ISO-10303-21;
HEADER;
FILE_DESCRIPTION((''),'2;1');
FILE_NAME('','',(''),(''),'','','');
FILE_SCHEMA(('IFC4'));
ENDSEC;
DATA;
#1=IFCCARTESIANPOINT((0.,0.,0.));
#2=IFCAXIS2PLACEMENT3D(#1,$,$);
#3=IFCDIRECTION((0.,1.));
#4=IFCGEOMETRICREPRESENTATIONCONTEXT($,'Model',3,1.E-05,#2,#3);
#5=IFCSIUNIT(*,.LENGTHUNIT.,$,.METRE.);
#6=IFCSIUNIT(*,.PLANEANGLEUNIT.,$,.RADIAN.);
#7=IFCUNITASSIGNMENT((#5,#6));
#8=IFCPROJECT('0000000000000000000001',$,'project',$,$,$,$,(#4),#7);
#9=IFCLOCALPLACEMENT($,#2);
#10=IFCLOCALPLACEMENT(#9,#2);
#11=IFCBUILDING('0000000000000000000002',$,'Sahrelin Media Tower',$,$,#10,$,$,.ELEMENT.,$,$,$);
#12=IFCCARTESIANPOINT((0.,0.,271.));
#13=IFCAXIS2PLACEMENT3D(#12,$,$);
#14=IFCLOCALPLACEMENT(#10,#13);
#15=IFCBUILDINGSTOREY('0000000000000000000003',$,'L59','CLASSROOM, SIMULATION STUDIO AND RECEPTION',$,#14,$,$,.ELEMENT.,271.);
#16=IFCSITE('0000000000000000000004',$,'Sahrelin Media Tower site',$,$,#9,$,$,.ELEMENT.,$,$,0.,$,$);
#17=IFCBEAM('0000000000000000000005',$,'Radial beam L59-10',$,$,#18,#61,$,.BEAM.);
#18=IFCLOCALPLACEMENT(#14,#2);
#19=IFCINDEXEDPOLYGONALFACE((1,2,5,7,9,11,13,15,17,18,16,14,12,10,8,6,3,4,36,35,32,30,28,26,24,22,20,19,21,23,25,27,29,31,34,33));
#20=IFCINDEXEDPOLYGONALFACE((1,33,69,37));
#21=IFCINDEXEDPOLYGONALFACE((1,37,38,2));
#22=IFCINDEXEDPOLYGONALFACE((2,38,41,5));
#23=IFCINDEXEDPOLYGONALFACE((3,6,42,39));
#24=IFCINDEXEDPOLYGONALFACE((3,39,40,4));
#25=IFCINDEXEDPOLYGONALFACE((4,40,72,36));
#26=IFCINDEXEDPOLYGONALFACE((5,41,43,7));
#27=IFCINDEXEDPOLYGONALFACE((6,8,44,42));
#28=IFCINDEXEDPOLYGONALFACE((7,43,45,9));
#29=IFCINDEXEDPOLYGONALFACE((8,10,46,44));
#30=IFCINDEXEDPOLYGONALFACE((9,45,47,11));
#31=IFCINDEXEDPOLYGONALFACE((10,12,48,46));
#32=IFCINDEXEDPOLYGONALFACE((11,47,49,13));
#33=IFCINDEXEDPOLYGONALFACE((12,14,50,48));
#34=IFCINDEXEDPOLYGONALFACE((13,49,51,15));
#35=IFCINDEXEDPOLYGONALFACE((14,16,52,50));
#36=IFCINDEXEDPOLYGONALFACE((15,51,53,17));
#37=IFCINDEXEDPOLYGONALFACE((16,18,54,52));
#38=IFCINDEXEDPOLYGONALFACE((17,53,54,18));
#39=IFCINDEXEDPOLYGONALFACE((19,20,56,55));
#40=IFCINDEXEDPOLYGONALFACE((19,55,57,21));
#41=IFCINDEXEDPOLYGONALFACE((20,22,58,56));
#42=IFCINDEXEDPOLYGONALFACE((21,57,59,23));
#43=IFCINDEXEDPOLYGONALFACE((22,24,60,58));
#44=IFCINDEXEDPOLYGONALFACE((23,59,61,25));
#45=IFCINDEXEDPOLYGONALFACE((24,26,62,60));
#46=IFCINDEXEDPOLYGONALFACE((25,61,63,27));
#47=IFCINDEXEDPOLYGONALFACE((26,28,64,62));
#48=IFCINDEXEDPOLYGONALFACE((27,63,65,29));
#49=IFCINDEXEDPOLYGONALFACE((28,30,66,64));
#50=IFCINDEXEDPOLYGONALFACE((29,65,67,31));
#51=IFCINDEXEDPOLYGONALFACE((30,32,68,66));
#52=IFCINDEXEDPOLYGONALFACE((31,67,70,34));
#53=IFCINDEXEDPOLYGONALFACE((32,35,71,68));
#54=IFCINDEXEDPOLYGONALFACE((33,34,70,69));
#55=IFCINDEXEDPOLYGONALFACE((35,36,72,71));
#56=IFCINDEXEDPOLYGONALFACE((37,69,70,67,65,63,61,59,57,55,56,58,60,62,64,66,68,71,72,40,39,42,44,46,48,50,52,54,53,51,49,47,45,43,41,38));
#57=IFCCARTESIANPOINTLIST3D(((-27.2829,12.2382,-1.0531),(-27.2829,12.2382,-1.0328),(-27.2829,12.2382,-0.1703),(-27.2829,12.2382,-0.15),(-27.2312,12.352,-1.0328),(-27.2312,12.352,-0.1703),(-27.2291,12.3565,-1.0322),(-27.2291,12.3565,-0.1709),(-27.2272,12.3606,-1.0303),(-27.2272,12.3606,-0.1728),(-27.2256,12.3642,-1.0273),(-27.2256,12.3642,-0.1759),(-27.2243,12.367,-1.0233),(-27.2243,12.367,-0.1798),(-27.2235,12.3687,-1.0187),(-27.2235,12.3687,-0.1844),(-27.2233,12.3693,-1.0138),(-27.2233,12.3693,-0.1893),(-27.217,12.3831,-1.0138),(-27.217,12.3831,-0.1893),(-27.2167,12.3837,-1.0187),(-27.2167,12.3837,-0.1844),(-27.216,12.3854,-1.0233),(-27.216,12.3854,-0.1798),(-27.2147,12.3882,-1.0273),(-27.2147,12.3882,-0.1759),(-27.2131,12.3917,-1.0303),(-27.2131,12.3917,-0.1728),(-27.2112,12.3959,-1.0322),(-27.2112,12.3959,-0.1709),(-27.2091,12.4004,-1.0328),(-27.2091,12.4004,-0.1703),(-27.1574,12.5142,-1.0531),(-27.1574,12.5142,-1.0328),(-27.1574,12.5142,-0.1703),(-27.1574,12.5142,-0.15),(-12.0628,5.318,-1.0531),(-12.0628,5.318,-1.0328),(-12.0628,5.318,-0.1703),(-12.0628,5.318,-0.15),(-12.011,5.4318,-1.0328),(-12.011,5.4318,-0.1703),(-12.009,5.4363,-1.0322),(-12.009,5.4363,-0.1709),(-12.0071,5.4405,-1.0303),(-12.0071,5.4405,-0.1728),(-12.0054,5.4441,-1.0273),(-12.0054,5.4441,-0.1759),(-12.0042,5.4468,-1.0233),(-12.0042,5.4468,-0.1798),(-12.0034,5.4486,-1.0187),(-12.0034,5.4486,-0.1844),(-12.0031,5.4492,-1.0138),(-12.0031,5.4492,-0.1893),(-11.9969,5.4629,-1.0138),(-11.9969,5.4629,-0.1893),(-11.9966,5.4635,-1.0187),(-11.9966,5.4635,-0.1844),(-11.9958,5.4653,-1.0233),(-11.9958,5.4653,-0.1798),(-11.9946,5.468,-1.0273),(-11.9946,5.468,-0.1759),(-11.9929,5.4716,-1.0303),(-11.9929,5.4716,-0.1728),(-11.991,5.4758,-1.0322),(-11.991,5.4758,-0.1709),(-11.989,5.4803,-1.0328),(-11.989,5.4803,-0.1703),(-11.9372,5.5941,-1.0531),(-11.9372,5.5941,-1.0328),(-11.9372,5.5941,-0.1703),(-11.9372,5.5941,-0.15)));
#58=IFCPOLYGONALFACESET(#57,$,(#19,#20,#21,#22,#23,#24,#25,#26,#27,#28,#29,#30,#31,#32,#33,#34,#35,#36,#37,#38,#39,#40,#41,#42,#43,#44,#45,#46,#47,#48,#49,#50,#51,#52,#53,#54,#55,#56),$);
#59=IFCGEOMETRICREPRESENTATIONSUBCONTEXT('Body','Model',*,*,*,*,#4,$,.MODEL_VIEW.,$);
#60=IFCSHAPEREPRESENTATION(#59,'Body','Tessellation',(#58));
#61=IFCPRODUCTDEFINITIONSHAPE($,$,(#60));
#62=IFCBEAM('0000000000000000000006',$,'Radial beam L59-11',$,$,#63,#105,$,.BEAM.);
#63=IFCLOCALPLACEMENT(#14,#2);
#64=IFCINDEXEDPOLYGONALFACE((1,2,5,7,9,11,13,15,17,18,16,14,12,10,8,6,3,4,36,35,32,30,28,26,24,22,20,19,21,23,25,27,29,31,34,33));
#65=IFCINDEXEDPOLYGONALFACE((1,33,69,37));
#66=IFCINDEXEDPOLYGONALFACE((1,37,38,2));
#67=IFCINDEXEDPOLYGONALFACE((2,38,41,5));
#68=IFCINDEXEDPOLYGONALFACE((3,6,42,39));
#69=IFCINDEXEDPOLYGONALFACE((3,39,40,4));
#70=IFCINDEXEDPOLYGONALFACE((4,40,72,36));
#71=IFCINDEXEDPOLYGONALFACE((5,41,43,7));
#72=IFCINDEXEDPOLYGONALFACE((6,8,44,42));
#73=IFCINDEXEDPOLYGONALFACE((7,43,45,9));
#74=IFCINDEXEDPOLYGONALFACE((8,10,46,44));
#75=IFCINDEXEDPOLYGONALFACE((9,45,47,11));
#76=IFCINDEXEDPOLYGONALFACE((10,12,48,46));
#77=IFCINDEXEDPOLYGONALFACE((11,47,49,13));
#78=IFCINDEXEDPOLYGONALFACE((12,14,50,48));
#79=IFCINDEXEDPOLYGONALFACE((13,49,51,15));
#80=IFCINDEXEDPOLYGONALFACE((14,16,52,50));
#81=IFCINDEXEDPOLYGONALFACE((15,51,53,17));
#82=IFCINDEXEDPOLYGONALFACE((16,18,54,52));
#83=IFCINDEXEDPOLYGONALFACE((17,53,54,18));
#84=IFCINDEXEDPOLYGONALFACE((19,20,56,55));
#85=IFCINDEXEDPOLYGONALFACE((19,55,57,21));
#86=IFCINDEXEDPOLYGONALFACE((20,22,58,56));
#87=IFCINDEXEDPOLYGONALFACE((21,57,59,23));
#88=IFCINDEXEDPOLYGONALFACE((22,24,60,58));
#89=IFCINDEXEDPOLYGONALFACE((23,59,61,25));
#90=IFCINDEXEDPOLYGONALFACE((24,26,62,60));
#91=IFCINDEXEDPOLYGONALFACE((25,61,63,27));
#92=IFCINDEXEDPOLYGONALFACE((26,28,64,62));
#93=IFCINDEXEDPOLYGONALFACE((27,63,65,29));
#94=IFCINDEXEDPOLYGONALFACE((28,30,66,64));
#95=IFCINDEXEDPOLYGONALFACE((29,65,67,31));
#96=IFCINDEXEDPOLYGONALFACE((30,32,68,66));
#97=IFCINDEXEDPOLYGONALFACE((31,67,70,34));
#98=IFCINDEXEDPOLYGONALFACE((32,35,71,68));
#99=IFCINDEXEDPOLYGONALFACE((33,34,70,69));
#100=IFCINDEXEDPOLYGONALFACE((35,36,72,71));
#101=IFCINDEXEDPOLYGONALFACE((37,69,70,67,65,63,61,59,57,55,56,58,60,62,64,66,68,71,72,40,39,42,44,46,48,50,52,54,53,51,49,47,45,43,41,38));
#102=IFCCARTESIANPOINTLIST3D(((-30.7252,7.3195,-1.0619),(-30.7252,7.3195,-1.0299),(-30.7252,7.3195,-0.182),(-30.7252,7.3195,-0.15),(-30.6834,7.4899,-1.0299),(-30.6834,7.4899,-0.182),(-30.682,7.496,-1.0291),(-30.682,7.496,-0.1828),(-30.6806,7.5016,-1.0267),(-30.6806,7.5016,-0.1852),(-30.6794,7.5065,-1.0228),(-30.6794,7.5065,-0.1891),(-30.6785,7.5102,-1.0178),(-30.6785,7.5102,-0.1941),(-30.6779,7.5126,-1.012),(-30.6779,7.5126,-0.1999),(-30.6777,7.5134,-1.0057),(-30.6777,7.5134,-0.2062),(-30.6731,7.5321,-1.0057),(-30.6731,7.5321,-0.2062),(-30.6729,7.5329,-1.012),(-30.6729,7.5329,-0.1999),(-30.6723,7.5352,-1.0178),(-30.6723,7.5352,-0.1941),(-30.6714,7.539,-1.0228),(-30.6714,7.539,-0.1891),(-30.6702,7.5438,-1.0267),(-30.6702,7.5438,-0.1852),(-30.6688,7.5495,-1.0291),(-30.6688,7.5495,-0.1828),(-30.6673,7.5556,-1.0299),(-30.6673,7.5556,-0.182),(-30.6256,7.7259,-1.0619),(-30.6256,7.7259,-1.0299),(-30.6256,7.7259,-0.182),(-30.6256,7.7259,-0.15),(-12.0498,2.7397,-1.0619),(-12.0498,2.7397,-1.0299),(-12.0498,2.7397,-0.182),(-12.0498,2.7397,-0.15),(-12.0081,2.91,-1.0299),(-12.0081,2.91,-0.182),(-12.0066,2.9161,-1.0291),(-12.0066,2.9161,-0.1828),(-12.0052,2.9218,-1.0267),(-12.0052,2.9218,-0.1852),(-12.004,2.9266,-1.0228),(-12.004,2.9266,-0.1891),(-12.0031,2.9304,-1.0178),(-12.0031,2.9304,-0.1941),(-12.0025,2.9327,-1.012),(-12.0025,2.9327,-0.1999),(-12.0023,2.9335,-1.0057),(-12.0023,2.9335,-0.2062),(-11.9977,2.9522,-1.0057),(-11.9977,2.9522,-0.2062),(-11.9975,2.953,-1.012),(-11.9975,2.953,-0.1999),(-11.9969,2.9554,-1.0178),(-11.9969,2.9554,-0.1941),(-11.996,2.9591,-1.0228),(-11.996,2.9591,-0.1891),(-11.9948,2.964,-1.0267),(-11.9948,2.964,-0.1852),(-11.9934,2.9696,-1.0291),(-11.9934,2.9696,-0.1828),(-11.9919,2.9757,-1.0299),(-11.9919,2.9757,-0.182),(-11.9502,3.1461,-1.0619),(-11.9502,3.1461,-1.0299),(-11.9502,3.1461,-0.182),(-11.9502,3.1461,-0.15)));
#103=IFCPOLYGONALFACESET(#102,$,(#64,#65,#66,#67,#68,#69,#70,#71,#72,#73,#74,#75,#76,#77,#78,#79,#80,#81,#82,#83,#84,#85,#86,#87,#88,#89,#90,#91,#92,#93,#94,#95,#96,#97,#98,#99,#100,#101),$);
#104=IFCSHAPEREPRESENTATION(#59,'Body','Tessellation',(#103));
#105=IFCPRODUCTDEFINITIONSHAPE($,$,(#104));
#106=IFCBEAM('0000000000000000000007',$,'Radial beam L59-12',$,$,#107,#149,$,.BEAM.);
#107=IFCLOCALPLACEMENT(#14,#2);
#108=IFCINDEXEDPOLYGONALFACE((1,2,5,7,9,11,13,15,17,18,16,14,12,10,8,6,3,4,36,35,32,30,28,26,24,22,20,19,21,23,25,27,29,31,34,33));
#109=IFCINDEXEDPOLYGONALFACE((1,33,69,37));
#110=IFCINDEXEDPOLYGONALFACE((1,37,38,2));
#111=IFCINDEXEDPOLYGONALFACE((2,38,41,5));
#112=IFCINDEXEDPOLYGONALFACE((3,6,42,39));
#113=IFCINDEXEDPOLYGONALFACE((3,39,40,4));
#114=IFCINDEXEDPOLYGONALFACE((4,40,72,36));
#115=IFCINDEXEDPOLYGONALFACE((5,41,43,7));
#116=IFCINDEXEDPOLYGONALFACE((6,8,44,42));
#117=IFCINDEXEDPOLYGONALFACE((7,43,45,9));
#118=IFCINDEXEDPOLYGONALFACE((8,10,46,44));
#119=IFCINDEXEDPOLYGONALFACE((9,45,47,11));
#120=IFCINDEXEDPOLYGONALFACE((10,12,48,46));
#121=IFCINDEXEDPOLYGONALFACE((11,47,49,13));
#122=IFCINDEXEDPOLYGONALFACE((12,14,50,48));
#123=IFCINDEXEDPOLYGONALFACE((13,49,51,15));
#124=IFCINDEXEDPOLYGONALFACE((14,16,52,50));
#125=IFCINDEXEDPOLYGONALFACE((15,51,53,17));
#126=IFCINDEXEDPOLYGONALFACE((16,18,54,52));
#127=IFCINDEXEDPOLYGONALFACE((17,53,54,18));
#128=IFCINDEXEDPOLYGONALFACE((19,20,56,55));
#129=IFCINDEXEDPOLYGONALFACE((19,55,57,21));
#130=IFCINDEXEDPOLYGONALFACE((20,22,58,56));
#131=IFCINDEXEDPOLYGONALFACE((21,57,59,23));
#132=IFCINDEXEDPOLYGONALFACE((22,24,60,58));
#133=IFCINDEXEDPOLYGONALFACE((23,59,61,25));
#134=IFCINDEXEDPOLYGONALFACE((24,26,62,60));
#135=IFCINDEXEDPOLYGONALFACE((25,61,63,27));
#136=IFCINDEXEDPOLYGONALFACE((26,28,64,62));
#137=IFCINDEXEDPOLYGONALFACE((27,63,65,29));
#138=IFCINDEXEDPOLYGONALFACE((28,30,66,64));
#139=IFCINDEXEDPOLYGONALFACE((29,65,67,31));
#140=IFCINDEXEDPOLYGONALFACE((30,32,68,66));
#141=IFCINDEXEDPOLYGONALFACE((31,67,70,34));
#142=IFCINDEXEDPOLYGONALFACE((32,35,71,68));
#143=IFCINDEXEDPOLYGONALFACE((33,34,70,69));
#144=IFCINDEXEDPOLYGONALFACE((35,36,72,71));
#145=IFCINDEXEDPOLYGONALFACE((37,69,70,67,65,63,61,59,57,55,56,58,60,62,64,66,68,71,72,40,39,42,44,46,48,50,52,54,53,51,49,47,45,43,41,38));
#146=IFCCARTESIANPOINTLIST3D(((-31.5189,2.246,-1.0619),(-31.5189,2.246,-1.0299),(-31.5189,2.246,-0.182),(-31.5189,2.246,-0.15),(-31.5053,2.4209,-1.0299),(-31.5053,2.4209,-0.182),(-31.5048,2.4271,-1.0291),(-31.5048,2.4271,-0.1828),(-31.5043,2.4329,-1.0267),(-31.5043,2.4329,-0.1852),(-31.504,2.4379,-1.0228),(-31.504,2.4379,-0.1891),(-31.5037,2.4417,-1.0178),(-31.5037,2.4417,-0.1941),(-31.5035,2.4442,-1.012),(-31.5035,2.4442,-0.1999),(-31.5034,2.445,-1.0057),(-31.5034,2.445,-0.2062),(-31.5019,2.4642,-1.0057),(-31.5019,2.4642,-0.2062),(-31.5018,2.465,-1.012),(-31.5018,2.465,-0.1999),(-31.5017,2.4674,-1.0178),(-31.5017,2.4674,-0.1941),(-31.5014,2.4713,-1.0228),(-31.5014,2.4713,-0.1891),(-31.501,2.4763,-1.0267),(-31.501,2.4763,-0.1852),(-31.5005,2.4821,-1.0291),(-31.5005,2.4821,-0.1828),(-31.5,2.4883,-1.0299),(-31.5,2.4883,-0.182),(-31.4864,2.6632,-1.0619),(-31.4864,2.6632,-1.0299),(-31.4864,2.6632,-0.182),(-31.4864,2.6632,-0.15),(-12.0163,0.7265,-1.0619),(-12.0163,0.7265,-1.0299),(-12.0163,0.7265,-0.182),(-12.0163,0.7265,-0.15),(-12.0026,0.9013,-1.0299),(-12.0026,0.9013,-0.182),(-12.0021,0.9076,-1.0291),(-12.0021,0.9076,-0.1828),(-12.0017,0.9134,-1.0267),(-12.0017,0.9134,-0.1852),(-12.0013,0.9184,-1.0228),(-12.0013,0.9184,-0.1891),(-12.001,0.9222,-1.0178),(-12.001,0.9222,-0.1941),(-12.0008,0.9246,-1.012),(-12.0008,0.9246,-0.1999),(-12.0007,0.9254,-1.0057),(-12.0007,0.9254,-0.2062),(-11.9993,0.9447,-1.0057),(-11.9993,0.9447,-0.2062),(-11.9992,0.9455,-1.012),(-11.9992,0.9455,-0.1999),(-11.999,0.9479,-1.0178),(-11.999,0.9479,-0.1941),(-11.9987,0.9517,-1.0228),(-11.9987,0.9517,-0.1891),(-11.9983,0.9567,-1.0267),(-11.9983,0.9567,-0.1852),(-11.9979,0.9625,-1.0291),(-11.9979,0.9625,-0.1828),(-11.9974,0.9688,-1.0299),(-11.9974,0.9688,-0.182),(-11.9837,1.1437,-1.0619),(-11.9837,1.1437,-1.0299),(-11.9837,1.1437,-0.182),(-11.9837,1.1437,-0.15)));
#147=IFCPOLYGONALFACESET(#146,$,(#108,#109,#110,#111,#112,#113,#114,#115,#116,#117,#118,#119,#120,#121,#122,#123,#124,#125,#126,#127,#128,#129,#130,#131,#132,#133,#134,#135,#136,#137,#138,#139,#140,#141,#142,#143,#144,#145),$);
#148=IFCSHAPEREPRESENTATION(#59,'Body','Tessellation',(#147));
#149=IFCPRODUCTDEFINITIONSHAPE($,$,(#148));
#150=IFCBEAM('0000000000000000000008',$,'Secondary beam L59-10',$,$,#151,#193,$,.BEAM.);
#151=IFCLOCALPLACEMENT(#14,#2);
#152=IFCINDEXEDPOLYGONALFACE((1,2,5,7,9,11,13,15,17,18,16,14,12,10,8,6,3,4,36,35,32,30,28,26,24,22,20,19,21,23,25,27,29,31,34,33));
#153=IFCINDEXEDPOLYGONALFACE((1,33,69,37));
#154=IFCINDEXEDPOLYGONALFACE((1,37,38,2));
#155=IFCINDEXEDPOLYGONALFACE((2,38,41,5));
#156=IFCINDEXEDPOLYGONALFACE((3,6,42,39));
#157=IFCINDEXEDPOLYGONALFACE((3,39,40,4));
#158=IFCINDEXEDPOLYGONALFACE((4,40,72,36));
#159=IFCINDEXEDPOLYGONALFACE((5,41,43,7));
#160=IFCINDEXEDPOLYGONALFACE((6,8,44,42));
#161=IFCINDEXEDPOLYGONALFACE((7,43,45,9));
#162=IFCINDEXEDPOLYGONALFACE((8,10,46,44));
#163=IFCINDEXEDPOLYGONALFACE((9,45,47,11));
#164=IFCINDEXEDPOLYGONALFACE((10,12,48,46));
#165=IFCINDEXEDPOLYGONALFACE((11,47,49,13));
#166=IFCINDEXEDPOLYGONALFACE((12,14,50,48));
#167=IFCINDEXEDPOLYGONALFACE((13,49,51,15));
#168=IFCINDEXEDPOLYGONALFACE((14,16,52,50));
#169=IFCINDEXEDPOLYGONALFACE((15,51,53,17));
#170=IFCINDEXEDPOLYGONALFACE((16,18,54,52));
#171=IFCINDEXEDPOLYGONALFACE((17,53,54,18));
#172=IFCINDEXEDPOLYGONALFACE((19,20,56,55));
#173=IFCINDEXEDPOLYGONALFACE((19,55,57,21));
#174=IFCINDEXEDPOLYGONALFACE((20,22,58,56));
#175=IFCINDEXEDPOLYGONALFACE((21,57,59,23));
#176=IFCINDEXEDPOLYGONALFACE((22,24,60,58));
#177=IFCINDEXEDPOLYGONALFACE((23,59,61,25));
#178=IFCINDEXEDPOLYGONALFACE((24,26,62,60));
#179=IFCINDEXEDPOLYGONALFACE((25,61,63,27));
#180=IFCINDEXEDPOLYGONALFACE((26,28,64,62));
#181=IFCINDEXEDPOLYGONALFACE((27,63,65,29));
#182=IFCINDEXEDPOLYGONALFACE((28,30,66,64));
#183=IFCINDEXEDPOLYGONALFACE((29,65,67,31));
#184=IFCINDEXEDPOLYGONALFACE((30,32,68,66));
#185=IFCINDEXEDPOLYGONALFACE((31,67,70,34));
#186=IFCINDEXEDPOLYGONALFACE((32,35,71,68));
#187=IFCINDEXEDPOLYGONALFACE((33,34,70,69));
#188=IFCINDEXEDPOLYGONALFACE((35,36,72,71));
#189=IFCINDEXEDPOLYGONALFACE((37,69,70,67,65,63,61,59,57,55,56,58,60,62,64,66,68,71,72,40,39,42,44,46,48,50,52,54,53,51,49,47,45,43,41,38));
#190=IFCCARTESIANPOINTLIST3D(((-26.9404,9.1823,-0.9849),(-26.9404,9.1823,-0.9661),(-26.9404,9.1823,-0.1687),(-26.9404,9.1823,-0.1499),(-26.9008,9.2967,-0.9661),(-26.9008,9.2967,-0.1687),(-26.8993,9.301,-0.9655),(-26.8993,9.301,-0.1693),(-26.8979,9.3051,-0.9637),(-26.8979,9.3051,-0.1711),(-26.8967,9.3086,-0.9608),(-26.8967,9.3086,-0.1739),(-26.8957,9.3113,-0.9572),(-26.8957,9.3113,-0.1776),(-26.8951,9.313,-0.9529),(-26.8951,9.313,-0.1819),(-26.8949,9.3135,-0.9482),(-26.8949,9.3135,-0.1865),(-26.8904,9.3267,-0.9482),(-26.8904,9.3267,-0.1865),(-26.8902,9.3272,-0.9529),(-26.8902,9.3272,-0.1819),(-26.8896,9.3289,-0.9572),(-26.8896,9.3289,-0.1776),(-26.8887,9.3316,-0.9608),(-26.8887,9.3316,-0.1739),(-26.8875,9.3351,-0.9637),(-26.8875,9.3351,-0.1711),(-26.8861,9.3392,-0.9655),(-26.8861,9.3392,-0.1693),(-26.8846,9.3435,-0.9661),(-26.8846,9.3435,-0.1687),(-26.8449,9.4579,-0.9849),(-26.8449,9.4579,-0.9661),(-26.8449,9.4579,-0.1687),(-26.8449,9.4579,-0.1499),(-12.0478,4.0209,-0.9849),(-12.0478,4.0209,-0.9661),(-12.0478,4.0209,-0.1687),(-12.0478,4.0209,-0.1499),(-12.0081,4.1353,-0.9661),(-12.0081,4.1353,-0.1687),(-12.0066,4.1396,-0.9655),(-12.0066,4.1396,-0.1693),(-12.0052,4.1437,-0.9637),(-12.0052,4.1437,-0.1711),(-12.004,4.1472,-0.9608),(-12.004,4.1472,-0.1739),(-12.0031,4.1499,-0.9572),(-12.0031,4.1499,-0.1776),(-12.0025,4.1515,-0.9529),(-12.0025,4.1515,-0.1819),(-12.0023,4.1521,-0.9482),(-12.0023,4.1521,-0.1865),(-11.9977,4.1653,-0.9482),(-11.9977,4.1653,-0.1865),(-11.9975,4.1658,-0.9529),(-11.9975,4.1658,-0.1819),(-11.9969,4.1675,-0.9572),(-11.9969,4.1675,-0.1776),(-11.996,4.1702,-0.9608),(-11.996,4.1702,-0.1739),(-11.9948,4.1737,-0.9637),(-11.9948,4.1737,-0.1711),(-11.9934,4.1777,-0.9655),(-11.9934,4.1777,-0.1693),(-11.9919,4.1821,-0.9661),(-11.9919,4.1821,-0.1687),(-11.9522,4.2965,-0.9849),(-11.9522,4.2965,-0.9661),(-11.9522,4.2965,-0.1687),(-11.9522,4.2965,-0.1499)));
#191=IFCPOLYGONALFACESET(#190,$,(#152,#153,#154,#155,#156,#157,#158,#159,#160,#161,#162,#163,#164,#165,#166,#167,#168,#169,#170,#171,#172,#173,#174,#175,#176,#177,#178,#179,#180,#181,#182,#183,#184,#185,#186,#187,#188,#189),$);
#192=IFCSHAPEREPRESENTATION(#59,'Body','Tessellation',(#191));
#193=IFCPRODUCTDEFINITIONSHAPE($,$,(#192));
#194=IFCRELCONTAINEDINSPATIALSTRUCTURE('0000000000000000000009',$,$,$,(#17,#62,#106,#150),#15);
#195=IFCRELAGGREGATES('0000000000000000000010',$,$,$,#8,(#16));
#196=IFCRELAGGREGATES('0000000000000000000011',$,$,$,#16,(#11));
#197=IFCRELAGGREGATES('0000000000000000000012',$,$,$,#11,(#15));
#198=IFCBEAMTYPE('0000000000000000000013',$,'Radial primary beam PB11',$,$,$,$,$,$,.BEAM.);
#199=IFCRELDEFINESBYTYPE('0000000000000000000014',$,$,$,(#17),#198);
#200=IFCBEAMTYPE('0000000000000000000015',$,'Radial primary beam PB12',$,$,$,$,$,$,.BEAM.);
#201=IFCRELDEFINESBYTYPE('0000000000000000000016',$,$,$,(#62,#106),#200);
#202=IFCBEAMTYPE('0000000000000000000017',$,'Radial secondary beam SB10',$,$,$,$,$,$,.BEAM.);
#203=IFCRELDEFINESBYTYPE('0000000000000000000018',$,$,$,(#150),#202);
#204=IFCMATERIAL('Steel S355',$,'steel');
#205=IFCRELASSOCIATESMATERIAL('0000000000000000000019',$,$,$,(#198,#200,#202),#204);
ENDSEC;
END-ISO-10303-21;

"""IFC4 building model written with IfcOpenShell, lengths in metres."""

from ifc_helpers import new_model, si_unit, direction, frame, origin, origin_2d, place, context, subcontext, project, spatial, i_section, extrude, material, material_profile, profile_set, type_object, element, save


model = new_model("IFC4")

# Units and contexts
model_context = context("Model", 3, precision=1e-05, world=origin(), true_north=direction((0.0, 1.0)))
body_context = subcontext(model_context, "Body", "Model", "MODEL_VIEW")
ifc_project = project(units=[si_unit("LENGTHUNIT", "METRE"), si_unit("PLANEANGLEUNIT", "RADIAN")], contexts=[model_context])

# Site, building, storey
site_placement = place(None, origin())
site = spatial("IfcSite", under=ifc_project, at=site_placement, Name="Sahrelin Media Tower site", CompositionType="ELEMENT", RefElevation=0.0)
building_placement = place(site_placement, origin())
building = spatial("IfcBuilding", under=site, at=building_placement, Name="Sahrelin Media Tower", CompositionType="ELEMENT")
storey_placement = place(building_placement, frame((0.0, 0.0, 271.0)))
storey = spatial("IfcBuildingStorey", under=building, at=storey_placement, Name="L59", Description="CLASSROOM, SIMULATION STUDIO AND RECEPTION", CompositionType="ELEMENT", Elevation=271.0)

# Beams
ifc_material_1 = material(Name="Steel S355", Category="steel")
ifc_material_profile_1 = material_profile(ifc_material_1, i_section(OverallWidth=0.3032, OverallDepth=0.9031, WebThickness=0.0151, FlangeThickness=0.0203, FilletRadius=0.019, at=origin_2d()), Name="UB 914x305x201")
ifc_profile_set_1 = profile_set([ifc_material_profile_1], Name="Steel S355")
beam_type_1 = type_object("IfcBeamType", Name="Radial primary beam PB11", PredefinedType="BEAM", material=ifc_profile_set_1)
beam_1_placement = place(storey_placement, frame((-12.0, 5.4561, -0.6016), z_axis=(-0.910324, 0.413896, 0.0), x_axis=(-0.413896, -0.910324, 0.0)))
element("IfcBeam", 1, at=beam_1_placement, inside=storey, type_object=beam_type_1, Name="Radial beam L59-10", PredefinedType="BEAM", context=body_context, shape_type="SweptSolid", body=[
    extrude(i_section(OverallWidth=0.3032, OverallDepth=0.9031, WebThickness=0.0151, FlangeThickness=0.0203, FilletRadius=0.019, at=origin_2d()), origin(), (0.0, 0.0, 1.0), 16.7195),
])
ifc_material_profile_2 = material_profile(ifc_material_1, i_section(OverallWidth=0.4185, OverallDepth=0.9119, WebThickness=0.0193, FlangeThickness=0.032, FilletRadius=0.0242, at=origin_2d()), Name="UB 914x419x343")
ifc_profile_set_2 = profile_set([ifc_material_profile_2], Name="Steel S355")
beam_type_2 = type_object("IfcBeamType", Name="Radial primary beam PB12", PredefinedType="BEAM", material=ifc_profile_set_2)
beam_2_placement = place(storey_placement, frame((-12.0, 2.9429, -0.606), z_axis=(-0.971222, 0.238177, 0.0), x_axis=(-0.238177, -0.971222, 0.0)))
element("IfcBeam", 2, at=beam_2_placement, inside=storey, type_object=beam_type_2, Name="Radial beam L59-11", PredefinedType="BEAM", context=body_context, shape_type="SweptSolid", body=[
    extrude(i_section(OverallWidth=0.4185, OverallDepth=0.9119, WebThickness=0.0193, FlangeThickness=0.032, FilletRadius=0.0242, at=origin_2d()), origin(), (0.0, 0.0, 1.0), 19.2288),
])
beam_3_placement = place(storey_placement, frame((-12.0, 0.9351, -0.606), z_axis=(-0.996978, 0.077679, 0.0), x_axis=(-0.077679, -0.996978, 0.0)))
element("IfcBeam", 3, at=beam_3_placement, inside=storey, type_object=beam_type_2, Name="Radial beam L59-12", PredefinedType="BEAM", context=body_context, shape_type="SweptSolid", body=[
    extrude(i_section(OverallWidth=0.4185, OverallDepth=0.9119, WebThickness=0.0193, FlangeThickness=0.032, FilletRadius=0.0242, at=origin_2d()), origin(), (0.0, 0.0, 1.0), 19.5618),
])
ifc_material_profile_3 = material_profile(ifc_material_1, i_section(OverallWidth=0.2917, OverallDepth=0.835, WebThickness=0.0139, FlangeThickness=0.0188, FilletRadius=0.0178, at=origin_2d()), Name="UB 838x292x176")
ifc_profile_set_3 = profile_set([ifc_material_profile_3], Name="Steel S355")
beam_type_3 = type_object("IfcBeamType", Name="Radial secondary beam SB10", PredefinedType="BEAM", material=ifc_profile_set_3)
beam_4_placement = place(storey_placement, frame((-12.0, 4.1587, -0.5674), z_axis=(-0.944863, 0.327465, 0.0), x_axis=(-0.327465, -0.944863, 0.0)))
element("IfcBeam", 4, at=beam_4_placement, inside=storey, type_object=beam_type_3, Name="Secondary beam L59-10", PredefinedType="BEAM", context=body_context, shape_type="SweptSolid", body=[
    extrude(i_section(OverallWidth=0.2917, OverallDepth=0.835, WebThickness=0.0139, FlangeThickness=0.0188, FilletRadius=0.0178, at=origin_2d()), origin(), (0.0, 0.0, 1.0), 15.7617),
])

save(model, "model.ifc")
